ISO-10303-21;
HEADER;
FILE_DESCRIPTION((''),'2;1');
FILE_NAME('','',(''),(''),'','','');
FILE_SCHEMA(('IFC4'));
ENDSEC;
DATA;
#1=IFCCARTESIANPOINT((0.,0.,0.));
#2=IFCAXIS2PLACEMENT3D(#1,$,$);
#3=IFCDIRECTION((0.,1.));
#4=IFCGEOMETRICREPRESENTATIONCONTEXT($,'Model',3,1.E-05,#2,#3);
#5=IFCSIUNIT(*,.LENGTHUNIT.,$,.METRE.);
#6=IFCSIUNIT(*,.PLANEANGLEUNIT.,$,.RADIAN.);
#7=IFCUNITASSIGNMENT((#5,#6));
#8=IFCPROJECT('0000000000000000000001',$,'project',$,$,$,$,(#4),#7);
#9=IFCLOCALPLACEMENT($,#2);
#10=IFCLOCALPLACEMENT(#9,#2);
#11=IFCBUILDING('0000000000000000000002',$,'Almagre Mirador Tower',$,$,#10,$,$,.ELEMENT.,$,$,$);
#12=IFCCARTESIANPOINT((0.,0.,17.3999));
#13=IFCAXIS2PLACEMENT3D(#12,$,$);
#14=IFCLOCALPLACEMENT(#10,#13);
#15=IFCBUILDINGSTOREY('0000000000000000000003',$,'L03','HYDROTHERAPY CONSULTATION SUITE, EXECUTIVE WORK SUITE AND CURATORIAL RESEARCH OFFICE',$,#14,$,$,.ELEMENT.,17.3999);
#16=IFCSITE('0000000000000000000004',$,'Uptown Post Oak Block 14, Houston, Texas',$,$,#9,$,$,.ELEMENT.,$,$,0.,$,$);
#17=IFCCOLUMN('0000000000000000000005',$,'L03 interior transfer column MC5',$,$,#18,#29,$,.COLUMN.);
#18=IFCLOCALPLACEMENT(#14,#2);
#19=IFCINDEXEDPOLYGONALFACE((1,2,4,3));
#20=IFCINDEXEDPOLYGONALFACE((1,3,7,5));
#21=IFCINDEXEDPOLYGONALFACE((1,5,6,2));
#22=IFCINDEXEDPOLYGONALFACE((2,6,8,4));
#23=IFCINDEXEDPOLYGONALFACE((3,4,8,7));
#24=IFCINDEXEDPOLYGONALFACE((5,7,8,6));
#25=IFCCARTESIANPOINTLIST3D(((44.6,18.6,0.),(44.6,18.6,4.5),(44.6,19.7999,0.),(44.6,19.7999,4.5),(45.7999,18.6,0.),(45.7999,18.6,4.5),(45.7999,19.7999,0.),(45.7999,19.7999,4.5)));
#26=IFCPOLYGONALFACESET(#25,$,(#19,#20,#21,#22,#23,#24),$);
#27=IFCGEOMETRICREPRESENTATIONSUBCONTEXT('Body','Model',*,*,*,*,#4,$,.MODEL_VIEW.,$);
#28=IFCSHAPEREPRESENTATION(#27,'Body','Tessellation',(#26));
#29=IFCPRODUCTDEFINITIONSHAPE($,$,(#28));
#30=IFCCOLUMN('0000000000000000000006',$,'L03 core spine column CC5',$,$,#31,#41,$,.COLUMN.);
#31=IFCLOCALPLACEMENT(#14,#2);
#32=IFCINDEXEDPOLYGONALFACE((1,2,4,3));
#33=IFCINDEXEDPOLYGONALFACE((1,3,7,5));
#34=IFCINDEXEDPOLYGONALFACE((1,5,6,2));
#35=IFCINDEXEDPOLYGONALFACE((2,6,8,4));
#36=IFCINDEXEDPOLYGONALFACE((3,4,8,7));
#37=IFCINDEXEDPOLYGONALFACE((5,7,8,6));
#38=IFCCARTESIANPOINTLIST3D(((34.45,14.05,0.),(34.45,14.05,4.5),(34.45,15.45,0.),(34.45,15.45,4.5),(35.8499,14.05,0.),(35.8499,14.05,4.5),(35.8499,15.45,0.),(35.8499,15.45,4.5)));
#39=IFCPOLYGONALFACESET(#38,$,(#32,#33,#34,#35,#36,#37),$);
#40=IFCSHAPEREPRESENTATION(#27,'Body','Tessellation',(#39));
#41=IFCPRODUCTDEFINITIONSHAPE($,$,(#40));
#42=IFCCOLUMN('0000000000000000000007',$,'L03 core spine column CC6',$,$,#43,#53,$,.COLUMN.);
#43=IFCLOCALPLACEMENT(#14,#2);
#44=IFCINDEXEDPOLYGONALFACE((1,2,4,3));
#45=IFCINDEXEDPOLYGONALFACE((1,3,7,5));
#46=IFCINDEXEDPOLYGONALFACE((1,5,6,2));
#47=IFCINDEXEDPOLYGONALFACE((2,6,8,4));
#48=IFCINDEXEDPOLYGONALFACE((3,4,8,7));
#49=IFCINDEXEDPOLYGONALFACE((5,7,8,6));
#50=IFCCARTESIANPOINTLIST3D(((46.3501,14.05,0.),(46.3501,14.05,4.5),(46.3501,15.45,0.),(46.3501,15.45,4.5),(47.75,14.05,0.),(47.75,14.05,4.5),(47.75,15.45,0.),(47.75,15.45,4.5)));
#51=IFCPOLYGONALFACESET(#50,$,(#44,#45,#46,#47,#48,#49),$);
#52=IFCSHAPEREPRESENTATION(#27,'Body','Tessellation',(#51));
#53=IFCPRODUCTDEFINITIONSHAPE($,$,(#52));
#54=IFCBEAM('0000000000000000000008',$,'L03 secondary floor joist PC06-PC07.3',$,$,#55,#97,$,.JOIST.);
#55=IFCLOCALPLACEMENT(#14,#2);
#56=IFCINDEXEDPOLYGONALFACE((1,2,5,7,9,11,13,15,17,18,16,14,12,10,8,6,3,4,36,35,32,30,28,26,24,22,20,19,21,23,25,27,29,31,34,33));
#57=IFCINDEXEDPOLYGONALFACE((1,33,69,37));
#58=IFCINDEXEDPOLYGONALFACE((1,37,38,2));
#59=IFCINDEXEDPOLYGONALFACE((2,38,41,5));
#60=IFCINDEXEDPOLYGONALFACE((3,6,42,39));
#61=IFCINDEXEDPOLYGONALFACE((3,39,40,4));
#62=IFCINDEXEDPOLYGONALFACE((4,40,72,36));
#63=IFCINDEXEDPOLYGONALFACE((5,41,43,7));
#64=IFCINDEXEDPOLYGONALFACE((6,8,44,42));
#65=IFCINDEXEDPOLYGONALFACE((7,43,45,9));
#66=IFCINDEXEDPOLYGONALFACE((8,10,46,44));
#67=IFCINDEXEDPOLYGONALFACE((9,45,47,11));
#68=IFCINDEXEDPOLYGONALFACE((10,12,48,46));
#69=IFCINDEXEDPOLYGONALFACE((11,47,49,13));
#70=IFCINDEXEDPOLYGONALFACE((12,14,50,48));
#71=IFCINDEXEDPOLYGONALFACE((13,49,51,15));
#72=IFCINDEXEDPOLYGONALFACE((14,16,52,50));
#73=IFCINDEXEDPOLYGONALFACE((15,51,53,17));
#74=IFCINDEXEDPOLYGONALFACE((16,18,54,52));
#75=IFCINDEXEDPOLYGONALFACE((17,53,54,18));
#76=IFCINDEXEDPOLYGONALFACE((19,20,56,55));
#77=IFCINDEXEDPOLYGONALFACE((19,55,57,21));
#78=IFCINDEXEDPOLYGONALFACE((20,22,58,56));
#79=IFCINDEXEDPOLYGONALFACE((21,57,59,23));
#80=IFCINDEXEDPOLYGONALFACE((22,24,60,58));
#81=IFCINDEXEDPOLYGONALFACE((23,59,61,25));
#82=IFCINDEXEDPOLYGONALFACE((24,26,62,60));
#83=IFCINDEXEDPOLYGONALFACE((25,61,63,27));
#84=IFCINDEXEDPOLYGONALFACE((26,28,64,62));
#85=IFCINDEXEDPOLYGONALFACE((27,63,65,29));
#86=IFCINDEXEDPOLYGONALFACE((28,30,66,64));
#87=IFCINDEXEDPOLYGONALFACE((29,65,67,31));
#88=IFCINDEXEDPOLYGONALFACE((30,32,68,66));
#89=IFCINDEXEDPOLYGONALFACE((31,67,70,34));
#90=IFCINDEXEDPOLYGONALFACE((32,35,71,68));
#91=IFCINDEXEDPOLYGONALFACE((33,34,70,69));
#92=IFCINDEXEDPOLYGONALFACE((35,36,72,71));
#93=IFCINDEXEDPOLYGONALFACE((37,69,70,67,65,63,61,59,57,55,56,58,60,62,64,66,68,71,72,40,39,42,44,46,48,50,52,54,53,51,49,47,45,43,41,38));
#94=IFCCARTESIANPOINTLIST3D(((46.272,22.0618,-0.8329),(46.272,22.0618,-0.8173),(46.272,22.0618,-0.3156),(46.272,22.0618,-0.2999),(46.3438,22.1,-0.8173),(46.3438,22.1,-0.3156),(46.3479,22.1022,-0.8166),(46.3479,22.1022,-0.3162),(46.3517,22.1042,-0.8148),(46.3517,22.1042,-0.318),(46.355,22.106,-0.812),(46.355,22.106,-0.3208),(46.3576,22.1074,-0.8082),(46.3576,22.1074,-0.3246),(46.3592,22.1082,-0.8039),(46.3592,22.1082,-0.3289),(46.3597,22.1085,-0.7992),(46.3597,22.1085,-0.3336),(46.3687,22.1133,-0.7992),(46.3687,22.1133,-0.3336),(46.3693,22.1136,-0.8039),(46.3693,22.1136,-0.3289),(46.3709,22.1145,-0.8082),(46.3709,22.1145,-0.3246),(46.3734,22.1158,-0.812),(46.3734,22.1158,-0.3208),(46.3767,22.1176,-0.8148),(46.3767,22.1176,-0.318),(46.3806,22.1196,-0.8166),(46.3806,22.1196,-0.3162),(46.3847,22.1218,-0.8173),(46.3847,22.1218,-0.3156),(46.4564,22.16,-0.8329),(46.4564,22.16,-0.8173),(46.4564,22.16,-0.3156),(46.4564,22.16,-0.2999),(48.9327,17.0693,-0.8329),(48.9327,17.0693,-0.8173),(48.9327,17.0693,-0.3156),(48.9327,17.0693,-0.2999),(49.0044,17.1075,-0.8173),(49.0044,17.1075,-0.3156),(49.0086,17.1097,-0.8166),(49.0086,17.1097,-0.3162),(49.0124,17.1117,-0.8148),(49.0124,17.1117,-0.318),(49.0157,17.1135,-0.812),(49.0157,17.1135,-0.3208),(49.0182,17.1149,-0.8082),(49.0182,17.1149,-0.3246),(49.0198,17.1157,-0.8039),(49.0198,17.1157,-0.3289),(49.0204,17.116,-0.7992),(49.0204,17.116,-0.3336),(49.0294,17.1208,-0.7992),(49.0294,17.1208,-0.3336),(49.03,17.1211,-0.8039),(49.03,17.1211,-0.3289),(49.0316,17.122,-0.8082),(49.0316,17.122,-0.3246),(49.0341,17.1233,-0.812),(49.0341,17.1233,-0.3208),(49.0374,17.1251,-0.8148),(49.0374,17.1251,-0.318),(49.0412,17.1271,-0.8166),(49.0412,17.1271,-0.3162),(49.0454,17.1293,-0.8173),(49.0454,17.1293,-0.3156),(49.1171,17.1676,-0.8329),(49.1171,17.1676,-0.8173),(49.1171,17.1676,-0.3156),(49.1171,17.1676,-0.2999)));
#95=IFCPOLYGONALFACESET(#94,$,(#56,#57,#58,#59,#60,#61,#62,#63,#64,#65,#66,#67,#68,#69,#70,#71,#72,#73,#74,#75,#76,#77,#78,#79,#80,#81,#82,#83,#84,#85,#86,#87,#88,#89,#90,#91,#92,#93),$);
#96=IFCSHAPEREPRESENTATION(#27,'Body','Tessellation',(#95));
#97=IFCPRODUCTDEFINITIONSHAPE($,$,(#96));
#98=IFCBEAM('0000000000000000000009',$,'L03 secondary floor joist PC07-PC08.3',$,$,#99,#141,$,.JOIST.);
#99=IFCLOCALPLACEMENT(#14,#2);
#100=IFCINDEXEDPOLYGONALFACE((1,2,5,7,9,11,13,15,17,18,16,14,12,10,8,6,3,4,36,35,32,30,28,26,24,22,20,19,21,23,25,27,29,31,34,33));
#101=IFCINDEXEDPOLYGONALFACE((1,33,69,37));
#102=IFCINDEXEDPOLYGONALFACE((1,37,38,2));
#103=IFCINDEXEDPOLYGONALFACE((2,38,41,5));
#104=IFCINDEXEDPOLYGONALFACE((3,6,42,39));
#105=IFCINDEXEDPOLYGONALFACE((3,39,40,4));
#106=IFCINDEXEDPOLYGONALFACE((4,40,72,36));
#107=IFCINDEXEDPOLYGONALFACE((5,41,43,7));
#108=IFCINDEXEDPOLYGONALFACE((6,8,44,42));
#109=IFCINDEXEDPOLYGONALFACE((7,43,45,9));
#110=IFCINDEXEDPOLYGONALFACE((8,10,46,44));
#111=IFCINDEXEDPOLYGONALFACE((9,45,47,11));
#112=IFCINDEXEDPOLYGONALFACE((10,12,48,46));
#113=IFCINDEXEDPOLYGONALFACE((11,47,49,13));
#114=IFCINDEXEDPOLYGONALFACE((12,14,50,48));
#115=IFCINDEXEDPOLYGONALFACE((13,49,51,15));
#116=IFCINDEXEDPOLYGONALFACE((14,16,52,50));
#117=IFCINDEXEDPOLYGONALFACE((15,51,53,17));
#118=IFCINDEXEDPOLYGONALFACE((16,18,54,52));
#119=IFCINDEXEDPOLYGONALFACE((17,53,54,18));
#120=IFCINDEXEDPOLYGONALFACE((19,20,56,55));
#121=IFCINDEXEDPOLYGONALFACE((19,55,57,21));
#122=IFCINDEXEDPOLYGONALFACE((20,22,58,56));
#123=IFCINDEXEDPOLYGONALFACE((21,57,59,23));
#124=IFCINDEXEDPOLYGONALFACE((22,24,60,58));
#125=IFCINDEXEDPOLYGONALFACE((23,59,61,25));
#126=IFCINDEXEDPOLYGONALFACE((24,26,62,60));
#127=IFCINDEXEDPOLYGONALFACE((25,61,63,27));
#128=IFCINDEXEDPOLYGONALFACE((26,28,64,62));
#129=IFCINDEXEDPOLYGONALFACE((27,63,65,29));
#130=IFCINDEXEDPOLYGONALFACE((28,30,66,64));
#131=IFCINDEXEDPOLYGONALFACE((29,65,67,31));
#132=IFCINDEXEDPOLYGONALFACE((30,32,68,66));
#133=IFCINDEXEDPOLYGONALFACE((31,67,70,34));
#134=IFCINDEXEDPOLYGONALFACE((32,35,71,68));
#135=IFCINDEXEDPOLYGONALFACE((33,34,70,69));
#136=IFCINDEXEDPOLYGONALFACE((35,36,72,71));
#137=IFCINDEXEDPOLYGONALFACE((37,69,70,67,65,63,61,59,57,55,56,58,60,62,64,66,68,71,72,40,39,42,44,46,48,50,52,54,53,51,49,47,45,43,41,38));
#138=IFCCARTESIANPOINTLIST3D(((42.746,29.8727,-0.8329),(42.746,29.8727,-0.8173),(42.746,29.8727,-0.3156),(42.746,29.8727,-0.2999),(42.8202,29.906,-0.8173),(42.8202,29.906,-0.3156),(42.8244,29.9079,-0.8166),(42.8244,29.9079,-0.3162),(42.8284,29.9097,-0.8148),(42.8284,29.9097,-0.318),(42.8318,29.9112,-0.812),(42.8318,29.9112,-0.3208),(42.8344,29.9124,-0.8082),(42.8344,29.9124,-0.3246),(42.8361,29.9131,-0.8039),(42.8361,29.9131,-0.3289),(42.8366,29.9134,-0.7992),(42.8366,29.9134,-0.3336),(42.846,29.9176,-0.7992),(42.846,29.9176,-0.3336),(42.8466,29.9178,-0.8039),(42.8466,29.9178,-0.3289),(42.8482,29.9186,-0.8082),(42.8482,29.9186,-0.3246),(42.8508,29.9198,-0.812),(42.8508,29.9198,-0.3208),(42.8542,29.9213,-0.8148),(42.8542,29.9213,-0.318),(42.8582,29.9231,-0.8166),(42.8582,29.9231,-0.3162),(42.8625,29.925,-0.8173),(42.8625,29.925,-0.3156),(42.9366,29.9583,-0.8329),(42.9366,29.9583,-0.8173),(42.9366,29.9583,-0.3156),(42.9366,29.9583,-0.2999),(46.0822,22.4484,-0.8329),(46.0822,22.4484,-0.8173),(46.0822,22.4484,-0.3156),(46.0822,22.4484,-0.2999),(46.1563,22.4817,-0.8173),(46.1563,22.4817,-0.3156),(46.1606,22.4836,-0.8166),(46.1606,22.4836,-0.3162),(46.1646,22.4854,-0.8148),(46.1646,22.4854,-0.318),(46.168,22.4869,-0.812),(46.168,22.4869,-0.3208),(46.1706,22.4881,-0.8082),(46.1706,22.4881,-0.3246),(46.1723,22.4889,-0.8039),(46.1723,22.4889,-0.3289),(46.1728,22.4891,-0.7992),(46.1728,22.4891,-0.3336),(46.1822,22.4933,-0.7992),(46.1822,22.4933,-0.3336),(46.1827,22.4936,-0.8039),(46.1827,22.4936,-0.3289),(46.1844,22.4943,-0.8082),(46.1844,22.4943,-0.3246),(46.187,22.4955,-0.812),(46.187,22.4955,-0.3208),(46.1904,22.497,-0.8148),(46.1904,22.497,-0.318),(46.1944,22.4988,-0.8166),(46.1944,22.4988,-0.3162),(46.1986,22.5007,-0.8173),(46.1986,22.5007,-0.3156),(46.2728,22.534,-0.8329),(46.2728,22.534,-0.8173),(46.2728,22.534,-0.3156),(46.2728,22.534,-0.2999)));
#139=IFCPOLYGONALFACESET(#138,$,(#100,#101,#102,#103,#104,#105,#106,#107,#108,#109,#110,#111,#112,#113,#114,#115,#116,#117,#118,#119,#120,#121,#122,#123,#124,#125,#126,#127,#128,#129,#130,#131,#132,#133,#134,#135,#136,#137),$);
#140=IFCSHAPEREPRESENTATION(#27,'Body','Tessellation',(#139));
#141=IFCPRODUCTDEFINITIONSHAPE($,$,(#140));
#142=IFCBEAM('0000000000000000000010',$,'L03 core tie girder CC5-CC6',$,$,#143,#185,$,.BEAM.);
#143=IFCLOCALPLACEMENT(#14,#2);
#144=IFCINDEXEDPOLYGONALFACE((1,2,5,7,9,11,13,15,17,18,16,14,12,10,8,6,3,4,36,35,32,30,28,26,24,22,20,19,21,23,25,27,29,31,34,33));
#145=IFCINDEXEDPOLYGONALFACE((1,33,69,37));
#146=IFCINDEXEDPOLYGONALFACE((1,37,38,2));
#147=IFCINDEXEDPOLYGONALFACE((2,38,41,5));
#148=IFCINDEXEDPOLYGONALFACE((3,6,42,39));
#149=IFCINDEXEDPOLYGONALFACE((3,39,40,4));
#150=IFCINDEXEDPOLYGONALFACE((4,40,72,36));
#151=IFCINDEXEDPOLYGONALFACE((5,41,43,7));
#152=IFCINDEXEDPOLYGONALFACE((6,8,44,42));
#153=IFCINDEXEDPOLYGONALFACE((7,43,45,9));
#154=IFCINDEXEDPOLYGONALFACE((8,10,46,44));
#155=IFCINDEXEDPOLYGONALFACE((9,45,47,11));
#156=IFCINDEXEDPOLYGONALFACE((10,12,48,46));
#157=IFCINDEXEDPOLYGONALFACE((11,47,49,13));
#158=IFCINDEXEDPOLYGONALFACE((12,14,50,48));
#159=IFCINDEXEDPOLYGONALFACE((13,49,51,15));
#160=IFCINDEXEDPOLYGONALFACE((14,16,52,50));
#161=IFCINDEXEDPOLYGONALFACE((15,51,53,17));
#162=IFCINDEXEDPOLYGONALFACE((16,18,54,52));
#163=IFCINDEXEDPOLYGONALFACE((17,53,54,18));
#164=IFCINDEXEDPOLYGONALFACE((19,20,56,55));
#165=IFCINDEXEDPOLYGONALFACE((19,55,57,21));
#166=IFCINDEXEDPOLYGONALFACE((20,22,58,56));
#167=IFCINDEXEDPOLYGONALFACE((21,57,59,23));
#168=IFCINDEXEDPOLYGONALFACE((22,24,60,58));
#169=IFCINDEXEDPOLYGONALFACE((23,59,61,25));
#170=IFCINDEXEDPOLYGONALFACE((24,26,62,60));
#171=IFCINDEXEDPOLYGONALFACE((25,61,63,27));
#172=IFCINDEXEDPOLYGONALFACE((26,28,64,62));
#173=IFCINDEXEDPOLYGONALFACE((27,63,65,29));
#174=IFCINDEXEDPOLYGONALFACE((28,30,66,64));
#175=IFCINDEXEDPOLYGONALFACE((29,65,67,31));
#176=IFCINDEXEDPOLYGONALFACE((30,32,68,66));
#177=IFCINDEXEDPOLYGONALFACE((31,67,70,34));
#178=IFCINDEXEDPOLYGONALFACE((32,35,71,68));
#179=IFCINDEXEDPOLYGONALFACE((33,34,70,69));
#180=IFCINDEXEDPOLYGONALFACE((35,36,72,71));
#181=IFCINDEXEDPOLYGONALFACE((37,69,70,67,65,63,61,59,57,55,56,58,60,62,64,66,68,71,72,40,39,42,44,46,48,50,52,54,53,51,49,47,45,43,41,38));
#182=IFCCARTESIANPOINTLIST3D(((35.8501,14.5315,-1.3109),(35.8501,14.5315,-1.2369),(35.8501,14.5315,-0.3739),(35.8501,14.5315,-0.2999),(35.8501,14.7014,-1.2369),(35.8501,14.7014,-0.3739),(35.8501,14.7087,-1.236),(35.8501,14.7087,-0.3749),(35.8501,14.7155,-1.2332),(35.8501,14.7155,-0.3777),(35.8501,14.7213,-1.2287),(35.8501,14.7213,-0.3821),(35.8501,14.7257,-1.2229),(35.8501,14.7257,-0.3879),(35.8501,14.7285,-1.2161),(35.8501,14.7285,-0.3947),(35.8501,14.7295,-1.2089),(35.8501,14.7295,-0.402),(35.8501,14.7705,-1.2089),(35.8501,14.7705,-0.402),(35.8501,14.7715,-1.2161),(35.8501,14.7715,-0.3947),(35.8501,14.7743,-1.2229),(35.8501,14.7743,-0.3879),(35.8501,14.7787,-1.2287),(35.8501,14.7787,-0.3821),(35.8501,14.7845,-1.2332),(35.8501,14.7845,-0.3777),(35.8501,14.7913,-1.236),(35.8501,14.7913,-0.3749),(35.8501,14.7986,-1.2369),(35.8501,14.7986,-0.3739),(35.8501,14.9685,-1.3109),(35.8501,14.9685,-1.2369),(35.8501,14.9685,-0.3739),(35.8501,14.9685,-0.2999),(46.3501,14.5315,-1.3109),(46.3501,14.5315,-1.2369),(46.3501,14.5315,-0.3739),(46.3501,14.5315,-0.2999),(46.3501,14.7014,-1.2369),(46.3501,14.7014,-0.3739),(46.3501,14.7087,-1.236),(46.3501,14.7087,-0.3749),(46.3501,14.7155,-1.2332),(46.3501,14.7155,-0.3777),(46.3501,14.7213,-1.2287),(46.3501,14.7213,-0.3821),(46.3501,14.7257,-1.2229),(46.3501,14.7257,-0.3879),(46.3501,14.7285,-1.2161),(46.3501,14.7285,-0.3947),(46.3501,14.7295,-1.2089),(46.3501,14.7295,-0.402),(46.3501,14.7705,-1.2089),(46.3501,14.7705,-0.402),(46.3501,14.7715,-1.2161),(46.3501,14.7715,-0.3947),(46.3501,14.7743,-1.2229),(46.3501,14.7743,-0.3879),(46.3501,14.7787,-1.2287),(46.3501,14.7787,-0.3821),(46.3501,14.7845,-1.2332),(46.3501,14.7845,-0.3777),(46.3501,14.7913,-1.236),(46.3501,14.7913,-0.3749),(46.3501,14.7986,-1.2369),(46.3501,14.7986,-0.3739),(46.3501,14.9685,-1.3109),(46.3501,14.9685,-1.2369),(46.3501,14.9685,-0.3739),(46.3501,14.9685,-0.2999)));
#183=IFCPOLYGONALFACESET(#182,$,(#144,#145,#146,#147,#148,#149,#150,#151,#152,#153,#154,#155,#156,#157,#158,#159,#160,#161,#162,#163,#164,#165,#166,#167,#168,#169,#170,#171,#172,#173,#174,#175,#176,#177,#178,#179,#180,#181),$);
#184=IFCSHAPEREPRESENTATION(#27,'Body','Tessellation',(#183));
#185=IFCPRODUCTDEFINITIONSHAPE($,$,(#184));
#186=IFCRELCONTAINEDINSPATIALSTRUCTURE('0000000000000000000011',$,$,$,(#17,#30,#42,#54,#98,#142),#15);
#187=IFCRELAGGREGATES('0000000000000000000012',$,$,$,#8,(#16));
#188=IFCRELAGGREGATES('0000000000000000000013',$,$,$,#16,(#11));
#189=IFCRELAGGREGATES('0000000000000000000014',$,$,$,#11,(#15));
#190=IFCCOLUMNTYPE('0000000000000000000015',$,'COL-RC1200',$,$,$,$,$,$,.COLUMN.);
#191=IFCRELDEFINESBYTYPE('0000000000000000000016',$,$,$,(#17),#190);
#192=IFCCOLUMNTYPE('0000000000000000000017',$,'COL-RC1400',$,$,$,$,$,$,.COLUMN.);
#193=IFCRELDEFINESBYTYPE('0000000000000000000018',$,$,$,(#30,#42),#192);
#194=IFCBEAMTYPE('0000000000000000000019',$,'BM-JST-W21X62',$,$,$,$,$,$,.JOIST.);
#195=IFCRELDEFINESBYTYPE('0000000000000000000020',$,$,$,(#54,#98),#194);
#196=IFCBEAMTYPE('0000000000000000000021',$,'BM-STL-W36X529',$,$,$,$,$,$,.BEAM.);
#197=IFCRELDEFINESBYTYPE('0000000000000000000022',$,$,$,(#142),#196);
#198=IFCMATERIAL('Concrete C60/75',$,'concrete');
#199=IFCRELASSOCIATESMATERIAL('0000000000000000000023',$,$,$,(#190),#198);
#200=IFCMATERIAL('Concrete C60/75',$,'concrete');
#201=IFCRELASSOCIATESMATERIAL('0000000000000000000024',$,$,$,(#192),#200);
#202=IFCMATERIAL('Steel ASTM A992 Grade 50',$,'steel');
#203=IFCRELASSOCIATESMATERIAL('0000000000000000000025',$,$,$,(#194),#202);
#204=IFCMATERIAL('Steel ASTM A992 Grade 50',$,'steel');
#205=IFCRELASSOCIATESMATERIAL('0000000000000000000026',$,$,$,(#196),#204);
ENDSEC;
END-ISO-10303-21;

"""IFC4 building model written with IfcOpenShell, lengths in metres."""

from ifc_helpers import new_model, si_unit, direction, frame, origin, origin_2d, place, context, subcontext, project, spatial, rectangle, i_section, extrude, material, material_profile, profile_set, type_object, element, save


model = new_model("IFC4")

# Units and contexts
model_context = context("Model", 3, precision=1e-05, world=origin(), true_north=direction((0.0, 1.0)))
body_context = subcontext(model_context, "Body", "Model", "MODEL_VIEW")
ifc_project = project(units=[si_unit("LENGTHUNIT", "METRE"), si_unit("PLANEANGLEUNIT", "RADIAN")], contexts=[model_context])

# Site, building, storey
site_placement = place(None, origin())
site = spatial("IfcSite", under=ifc_project, at=site_placement, Name="Uptown Post Oak Block 14, Houston, Texas", CompositionType="ELEMENT", RefElevation=0.0)
building_placement = place(site_placement, origin())
building = spatial("IfcBuilding", under=site, at=building_placement, Name="Almagre Mirador Tower", CompositionType="ELEMENT")
storey_placement = place(building_placement, frame((0.0, 0.0, 17.3999)))
storey = spatial("IfcBuildingStorey", under=building, at=storey_placement, Name="L03", Description="HYDROTHERAPY CONSULTATION SUITE, EXECUTIVE WORK SUITE AND CURATORIAL RESEARCH OFFICE", CompositionType="ELEMENT", Elevation=17.3999)

# Columns
ifc_material_1 = material(Name="Concrete C60/75", Category="concrete")
ifc_material_profile_1 = material_profile(ifc_material_1, rectangle(XDim=1.2, YDim=1.2, at=origin_2d()), Name="RC1200X1200")
ifc_profile_set_1 = profile_set([ifc_material_profile_1], Name="Concrete C60/75")
column_type_1 = type_object("IfcColumnType", Name="COL-RC1200", PredefinedType="COLUMN", material=ifc_profile_set_1)
column_placement = place(storey_placement, frame((45.2, 19.2, 0.0), z_axis=(0.0, 0.0, 1.0), x_axis=(1.0, 0.0, 0.0)))
element("IfcColumn", 1, at=column_placement, inside=storey, type_object=column_type_1, Name="L03 interior transfer column MC5", PredefinedType="COLUMN", context=body_context, shape_type="SweptSolid", body=[
    extrude(rectangle(XDim=1.2, YDim=1.2, at=origin_2d()), origin(), (0.0, 0.0, 1.0), 4.5),
])
ifc_material_2 = material(Name="Concrete C60/75", Category="concrete")
ifc_material_profile_2 = material_profile(ifc_material_2, rectangle(XDim=1.3999, YDim=1.3999, at=origin_2d()), Name="RC1400X1400")
ifc_profile_set_2 = profile_set([ifc_material_profile_2], Name="Concrete C60/75")
column_type_2 = type_object("IfcColumnType", Name="COL-RC1400", PredefinedType="COLUMN", material=ifc_profile_set_2)
for number, where, z_axis, x_axis, name in (
    (2, (35.1499, 14.75, 0.0), (0.0, 0.0, 1.0), (1.0, 0.0, 0.0), "L03 core spine column CC5"),
    (3, (47.05, 14.75, 0.0), (0.0, 0.0, 1.0), (1.0, 0.0, 0.0), "L03 core spine column CC6"),
):
    element("IfcColumn", number, at=place(storey_placement, frame(where, z_axis=z_axis, x_axis=x_axis)), inside=storey, type_object=column_type_2, Name=name, PredefinedType="COLUMN", context=body_context, shape_type="SweptSolid", body=[
        extrude(rectangle(XDim=1.3999, YDim=1.3999, at=origin_2d()), origin(), (0.0, 0.0, 1.0), 4.5),
    ])

# Beams
ifc_material_3 = material(Name="Steel ASTM A992 Grade 50", Category="steel")
ifc_material_profile_3 = material_profile(ifc_material_3, i_section(OverallWidth=0.209, OverallDepth=0.533, WebThickness=0.0103, FlangeThickness=0.0156, FilletRadius=0.0181, at=origin_2d()), Name="W21X62")
ifc_profile_set_3 = profile_set([ifc_material_profile_3], Name="Steel ASTM A992 Grade 50")
beam_type_1 = type_object("IfcBeamType", Name="BM-JST-W21X62", PredefinedType="JOIST", material=ifc_profile_set_3)
beam_1_placement = place(storey_placement, frame((49.0249, 17.1184, -0.5664), z_axis=(-0.470315, 0.882499, 0.0), x_axis=(-0.882499, -0.470315, 0.0)))
element("IfcBeam", 4, at=beam_1_placement, inside=storey, type_object=beam_type_1, Name="L03 secondary floor joist PC06-PC07.3", PredefinedType="JOIST", context=body_context, shape_type="SweptSolid", body=[
    extrude(i_section(OverallWidth=0.209, OverallDepth=0.533, WebThickness=0.0103, FlangeThickness=0.0156, FilletRadius=0.0181, at=origin_2d()), origin(), (0.0, 0.0, 1.0), 5.6572),
])
beam_2_placement = place(storey_placement, frame((46.1775, 22.4912, -0.5664), z_axis=(-0.409878, 0.91214, 0.0), x_axis=(-0.91214, -0.409878, 0.0)))
element("IfcBeam", 5, at=beam_2_placement, inside=storey, type_object=beam_type_1, Name="L03 secondary floor joist PC07-PC08.3", PredefinedType="JOIST", context=body_context, shape_type="SweptSolid", body=[
    extrude(i_section(OverallWidth=0.209, OverallDepth=0.533, WebThickness=0.0103, FlangeThickness=0.0156, FilletRadius=0.0181, at=origin_2d()), origin(), (0.0, 0.0, 1.0), 8.1394),
])
ifc_material_4 = material(Name="Steel ASTM A992 Grade 50", Category="steel")
ifc_material_profile_4 = material_profile(ifc_material_4, i_section(OverallWidth=0.437, OverallDepth=1.011, WebThickness=0.041, FlangeThickness=0.074, FilletRadius=0.0281, at=origin_2d()), Name="W36X529")
ifc_profile_set_4 = profile_set([ifc_material_profile_4], Name="Steel ASTM A992 Grade 50")
beam_type_2 = type_object("IfcBeamType", Name="BM-STL-W36X529", PredefinedType="BEAM", material=ifc_profile_set_4)
beam_3_placement = place(storey_placement, frame((35.8501, 14.75, -0.8054), z_axis=(1.0, 0.0, 0.0), x_axis=(0.0, 1.0, 0.0)))
element("IfcBeam", 6, at=beam_3_placement, inside=storey, type_object=beam_type_2, Name="L03 core tie girder CC5-CC6", PredefinedType="BEAM", context=body_context, shape_type="SweptSolid", body=[
    extrude(i_section(OverallWidth=0.437, OverallDepth=1.011, WebThickness=0.041, FlangeThickness=0.074, FilletRadius=0.0281, at=origin_2d()), origin(), (0.0, 0.0, 1.0), 10.5),
])

save(model, "model.ifc")
